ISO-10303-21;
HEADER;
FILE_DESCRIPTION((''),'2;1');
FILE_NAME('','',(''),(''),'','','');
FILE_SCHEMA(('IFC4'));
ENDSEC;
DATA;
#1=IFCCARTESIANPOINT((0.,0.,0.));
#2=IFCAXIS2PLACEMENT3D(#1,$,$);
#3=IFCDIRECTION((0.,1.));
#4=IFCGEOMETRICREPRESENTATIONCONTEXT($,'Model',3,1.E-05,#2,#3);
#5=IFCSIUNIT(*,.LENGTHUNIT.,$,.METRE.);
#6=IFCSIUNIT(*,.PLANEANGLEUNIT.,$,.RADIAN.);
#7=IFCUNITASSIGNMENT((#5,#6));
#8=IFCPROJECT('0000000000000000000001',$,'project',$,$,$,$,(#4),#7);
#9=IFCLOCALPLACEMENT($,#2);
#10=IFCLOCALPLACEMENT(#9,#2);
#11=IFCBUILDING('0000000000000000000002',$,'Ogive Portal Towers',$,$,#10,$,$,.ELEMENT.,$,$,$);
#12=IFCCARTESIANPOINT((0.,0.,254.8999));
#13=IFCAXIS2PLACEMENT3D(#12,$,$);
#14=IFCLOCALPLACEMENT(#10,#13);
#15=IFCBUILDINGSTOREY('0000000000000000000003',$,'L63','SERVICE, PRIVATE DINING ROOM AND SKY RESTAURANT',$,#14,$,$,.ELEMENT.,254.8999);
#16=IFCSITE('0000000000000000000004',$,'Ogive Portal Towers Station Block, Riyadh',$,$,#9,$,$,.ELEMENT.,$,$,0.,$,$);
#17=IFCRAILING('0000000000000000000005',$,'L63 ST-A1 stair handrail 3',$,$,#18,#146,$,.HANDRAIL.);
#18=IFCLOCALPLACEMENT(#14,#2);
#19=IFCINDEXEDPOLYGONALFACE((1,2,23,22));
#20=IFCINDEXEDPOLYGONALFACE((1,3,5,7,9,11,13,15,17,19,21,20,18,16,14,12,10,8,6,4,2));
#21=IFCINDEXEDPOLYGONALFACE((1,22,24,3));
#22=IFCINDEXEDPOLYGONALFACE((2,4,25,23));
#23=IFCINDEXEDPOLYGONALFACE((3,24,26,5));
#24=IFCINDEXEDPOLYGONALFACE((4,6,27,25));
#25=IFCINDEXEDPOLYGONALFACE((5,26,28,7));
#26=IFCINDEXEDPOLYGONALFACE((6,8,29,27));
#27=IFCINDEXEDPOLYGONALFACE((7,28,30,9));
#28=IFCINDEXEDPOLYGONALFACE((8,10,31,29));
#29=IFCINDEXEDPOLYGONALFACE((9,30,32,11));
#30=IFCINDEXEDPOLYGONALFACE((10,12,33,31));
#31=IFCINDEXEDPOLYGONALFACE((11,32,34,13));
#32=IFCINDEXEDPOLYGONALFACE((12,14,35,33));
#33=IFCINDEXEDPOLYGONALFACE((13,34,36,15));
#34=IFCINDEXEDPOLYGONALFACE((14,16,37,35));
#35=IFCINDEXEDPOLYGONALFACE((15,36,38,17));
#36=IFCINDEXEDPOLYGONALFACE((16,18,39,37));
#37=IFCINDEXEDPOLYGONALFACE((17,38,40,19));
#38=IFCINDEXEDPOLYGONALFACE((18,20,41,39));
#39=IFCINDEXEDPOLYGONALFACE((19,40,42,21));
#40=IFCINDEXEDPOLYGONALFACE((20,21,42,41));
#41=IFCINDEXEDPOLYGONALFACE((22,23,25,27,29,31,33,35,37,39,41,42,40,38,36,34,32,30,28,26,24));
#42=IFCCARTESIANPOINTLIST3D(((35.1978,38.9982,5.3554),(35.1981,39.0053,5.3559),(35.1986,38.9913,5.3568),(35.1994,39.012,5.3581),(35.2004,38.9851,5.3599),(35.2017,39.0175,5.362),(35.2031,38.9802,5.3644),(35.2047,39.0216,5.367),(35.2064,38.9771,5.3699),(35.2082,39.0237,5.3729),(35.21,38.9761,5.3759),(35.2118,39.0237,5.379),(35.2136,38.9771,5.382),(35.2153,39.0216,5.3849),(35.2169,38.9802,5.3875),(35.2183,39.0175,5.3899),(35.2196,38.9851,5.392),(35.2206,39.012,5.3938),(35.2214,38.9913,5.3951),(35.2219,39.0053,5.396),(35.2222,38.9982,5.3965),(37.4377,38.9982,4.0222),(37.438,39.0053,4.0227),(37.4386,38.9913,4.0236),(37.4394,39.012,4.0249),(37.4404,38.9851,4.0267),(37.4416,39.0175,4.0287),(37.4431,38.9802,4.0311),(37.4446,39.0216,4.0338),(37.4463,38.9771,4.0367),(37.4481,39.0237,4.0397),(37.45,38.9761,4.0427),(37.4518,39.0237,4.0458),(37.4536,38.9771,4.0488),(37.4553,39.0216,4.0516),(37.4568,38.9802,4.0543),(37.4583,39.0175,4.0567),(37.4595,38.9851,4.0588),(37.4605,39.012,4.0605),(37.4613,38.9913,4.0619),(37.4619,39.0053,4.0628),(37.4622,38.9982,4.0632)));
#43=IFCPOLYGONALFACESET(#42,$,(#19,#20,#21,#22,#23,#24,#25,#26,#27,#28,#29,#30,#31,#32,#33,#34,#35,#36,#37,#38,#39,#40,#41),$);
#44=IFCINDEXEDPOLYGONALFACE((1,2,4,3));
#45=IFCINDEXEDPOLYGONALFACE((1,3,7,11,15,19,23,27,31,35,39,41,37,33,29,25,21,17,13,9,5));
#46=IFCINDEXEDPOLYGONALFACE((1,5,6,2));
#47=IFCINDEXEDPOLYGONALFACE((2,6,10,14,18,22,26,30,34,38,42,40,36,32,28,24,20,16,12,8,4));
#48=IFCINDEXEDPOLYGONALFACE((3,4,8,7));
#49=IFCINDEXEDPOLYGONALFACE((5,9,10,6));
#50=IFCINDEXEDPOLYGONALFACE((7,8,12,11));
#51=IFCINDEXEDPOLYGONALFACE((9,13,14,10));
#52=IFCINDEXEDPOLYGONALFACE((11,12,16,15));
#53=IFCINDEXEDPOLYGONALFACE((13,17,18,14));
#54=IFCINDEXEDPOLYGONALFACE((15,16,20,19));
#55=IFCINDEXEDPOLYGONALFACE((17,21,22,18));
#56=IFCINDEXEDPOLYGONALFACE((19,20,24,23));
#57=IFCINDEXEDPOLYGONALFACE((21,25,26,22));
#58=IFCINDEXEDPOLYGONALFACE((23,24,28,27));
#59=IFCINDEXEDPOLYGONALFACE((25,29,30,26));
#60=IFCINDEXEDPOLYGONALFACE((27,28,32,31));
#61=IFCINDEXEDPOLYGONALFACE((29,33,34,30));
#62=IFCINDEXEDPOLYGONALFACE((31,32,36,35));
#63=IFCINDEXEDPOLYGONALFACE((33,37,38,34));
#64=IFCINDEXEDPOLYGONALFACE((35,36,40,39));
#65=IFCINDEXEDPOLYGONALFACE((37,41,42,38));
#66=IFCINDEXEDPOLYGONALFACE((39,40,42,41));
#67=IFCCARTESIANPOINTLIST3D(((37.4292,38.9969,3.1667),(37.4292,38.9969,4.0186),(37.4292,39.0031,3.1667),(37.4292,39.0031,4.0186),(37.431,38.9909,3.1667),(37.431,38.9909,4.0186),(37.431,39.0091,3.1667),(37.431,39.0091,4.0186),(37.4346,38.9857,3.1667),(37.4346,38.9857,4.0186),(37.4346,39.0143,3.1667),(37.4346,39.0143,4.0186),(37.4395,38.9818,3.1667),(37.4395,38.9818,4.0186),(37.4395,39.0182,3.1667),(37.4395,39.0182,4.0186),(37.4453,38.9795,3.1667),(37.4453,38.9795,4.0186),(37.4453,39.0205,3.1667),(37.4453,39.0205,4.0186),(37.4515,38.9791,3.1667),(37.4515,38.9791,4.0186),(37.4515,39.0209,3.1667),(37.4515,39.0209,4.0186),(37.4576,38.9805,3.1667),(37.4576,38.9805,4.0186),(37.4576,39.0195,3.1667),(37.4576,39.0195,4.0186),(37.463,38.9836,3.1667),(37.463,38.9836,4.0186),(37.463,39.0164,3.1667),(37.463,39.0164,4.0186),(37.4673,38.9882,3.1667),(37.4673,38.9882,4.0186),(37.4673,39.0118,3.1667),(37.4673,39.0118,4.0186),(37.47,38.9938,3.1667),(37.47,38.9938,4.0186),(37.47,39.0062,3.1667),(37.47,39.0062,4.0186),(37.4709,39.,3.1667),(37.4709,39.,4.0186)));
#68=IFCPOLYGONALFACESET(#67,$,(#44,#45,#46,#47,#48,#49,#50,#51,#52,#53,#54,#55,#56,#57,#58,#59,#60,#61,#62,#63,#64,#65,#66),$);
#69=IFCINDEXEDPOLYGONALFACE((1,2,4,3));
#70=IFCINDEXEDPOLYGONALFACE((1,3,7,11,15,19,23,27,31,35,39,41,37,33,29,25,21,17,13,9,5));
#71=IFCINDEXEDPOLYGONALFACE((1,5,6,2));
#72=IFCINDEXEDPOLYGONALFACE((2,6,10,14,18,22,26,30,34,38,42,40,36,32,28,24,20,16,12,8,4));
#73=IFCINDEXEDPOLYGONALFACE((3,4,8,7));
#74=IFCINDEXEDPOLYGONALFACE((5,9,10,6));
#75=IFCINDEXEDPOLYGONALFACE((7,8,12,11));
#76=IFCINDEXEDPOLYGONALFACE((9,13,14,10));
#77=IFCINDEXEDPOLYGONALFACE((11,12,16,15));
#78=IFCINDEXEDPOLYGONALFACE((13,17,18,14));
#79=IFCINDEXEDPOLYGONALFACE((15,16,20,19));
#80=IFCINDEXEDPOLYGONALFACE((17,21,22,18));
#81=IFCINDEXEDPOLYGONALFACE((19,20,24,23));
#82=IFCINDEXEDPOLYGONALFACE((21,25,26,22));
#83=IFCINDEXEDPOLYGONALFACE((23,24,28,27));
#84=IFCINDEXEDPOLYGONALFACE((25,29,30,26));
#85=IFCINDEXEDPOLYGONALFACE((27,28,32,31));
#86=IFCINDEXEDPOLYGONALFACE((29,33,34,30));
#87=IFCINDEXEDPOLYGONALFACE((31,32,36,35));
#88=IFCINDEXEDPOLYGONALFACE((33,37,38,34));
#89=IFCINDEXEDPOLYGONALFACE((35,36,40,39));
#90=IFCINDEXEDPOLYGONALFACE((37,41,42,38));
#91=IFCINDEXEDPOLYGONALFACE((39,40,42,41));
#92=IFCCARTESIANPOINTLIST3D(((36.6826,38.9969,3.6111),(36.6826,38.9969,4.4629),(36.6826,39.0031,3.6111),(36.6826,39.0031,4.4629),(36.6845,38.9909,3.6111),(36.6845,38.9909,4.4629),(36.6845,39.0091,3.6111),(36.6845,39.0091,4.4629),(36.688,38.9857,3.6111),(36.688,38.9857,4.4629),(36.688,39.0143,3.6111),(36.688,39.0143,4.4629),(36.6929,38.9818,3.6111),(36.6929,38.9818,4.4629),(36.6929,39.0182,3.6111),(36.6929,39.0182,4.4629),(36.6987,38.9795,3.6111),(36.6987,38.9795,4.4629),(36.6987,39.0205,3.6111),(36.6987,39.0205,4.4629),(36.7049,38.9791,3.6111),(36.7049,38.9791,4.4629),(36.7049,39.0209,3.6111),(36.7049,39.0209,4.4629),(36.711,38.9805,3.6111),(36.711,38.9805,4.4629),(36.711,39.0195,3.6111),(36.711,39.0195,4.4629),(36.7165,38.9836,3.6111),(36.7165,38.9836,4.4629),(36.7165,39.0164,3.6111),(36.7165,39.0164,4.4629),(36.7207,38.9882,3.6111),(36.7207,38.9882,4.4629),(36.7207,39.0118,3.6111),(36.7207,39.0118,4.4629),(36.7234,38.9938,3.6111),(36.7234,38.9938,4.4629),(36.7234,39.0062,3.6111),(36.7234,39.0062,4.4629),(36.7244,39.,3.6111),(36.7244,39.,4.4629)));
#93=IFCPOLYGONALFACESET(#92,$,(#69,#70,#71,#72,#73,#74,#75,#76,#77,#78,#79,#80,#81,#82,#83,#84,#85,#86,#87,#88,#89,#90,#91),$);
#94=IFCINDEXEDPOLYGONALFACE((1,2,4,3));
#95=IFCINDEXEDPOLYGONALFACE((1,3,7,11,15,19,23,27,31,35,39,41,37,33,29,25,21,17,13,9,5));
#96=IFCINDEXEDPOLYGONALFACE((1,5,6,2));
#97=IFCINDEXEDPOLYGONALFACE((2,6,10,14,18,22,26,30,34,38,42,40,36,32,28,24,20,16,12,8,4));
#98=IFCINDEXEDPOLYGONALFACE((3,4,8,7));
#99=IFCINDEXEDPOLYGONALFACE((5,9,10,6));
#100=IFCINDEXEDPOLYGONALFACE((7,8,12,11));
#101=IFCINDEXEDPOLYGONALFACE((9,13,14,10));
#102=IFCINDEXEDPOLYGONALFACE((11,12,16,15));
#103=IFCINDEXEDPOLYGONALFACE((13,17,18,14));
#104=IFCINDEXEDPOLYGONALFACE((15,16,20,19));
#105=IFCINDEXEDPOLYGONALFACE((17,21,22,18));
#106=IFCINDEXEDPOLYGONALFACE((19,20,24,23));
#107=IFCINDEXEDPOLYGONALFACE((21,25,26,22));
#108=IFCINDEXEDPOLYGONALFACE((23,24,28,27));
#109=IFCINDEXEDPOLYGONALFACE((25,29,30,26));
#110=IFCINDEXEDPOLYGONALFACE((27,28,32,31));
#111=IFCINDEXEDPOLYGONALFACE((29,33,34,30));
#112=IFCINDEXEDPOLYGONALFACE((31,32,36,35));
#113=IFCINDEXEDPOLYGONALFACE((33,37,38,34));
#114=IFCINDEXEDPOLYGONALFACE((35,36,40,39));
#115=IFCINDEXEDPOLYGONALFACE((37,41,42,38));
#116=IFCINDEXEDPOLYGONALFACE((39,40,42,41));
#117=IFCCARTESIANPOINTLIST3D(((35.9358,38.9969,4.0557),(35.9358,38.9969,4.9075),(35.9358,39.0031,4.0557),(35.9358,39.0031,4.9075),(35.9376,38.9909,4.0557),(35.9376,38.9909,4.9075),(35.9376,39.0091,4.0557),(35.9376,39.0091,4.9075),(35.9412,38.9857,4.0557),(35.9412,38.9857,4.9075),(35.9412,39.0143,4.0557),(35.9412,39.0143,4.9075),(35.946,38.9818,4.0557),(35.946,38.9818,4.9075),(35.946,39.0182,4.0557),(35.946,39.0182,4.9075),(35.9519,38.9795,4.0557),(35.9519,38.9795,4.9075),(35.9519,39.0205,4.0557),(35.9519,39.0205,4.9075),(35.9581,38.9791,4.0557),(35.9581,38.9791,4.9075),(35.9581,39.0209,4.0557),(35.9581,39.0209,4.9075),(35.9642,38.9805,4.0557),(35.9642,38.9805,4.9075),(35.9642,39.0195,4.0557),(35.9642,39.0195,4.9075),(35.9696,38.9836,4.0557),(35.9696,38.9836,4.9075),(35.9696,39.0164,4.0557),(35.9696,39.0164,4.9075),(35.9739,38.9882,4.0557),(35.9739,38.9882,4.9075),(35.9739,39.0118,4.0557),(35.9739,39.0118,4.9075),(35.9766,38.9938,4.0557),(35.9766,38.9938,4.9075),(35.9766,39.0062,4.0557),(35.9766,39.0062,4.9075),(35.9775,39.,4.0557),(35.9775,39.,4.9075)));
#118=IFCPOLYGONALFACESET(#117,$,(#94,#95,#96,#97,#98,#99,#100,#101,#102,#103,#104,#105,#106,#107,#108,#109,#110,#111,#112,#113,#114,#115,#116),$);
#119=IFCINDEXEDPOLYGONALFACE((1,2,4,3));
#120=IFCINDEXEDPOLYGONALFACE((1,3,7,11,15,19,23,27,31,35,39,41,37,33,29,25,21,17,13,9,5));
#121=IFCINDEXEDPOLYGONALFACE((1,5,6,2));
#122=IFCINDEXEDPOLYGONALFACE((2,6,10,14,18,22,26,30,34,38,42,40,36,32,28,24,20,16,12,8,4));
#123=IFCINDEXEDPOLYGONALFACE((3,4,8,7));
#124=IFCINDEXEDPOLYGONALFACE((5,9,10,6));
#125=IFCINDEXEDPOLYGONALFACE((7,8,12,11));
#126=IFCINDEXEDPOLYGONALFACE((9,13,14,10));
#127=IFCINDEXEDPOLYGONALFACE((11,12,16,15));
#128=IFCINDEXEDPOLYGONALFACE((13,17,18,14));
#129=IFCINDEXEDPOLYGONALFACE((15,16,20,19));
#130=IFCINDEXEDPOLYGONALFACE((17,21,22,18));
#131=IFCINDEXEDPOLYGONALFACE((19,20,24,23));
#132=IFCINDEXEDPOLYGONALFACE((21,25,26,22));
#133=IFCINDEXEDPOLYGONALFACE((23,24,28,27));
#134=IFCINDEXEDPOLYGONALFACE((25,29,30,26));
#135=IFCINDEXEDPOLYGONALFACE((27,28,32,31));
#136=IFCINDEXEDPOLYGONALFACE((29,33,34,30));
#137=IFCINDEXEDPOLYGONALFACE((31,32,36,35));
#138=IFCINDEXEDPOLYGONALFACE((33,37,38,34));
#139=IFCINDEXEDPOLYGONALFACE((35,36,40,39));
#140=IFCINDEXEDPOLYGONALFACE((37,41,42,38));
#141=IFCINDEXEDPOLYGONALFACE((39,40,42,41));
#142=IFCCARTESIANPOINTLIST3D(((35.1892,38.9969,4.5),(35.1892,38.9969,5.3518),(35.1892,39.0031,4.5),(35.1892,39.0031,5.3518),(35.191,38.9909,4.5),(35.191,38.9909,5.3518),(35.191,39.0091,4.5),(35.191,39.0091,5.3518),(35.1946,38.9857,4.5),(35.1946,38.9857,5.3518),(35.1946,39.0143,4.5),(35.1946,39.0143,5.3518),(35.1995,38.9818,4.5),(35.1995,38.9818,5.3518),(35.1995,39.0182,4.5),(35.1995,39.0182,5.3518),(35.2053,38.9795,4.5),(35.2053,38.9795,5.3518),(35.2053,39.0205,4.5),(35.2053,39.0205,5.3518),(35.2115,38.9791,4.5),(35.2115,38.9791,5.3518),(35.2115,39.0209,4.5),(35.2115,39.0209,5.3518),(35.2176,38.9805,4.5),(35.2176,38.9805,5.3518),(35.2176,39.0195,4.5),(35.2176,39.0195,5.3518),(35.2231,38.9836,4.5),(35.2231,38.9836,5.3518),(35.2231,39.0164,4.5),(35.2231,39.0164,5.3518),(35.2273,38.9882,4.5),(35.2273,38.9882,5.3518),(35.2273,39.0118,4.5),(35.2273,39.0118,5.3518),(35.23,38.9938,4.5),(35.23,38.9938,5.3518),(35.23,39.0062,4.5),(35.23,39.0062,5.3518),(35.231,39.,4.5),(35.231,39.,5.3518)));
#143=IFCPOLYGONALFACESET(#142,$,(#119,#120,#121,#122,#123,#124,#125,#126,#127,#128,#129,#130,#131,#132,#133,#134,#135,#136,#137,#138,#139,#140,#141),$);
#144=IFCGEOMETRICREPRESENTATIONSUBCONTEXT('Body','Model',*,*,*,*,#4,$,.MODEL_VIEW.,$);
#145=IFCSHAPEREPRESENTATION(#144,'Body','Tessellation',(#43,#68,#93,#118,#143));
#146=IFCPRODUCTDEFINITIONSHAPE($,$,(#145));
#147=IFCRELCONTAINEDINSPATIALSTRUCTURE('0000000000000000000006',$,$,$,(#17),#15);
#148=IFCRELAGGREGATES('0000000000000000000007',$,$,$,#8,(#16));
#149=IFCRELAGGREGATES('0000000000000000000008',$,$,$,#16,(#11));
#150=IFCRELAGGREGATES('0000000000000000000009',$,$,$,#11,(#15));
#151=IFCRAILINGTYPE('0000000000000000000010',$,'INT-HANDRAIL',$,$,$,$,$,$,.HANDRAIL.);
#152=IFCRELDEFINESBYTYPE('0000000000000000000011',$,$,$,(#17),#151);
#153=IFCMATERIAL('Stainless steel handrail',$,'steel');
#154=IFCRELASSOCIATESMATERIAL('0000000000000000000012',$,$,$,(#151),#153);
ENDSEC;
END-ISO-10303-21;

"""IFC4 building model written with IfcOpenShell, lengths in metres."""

from ifc_helpers import new_model, si_unit, direction, frame, origin, origin_2d, place, context, subcontext, project, spatial, circle, extrude, material, type_object, element, save


model = new_model("IFC4")

# Units and contexts
model_context = context("Model", 3, precision=1e-05, world=origin(), true_north=direction((0.0, 1.0)))
body_context = subcontext(model_context, "Body", "Model", "MODEL_VIEW")
ifc_project = project(units=[si_unit("LENGTHUNIT", "METRE"), si_unit("PLANEANGLEUNIT", "RADIAN")], contexts=[model_context])

# Site, building, storey
site_placement = place(None, origin())
site = spatial("IfcSite", under=ifc_project, at=site_placement, Name="Ogive Portal Towers Station Block, Riyadh", CompositionType="ELEMENT", RefElevation=0.0)
building_placement = place(site_placement, origin())
building = spatial("IfcBuilding", under=site, at=building_placement, Name="Ogive Portal Towers", CompositionType="ELEMENT")
storey_placement = place(building_placement, frame((0.0, 0.0, 254.8999)))
storey = spatial("IfcBuildingStorey", under=building, at=storey_placement, Name="L63", Description="SERVICE, PRIVATE DINING ROOM AND SKY RESTAURANT", CompositionType="ELEMENT", Elevation=254.8999)

# Railing
ifc_material_1 = material(Name="Stainless steel handrail", Category="steel")
railing_type_1 = type_object("IfcRailingType", Name="INT-HANDRAIL", PredefinedType="HANDRAIL", material=ifc_material_1)
railing_1_placement = place(storey_placement, frame((37.45, 39.0, 3.1667)))
element("IfcRailing", 1, at=railing_1_placement, inside=storey, type_object=railing_type_1, Name="L63 ST-A1 stair handrail 3", PredefinedType="HANDRAIL", context=body_context, shape_type="SweptSolid", body=[
    extrude(circle(Radius=0.0239, at=origin_2d()), frame((0.0, 0.0, 0.876), z_axis=(-0.859306, 0.0, 0.511462), x_axis=(0.0, -1.0, 0.0)), (0.0, 0.0, 1.0), 2.6067),
    extrude(circle(Radius=0.021, at=origin_2d()), origin(), (0.0, 0.0, 1.0), 0.8518),
    extrude(circle(Radius=0.021, at=origin_2d()), frame((-0.7466, 0.0, 0.4443)), (0.0, 0.0, 1.0), 0.8518),
    extrude(circle(Radius=0.021, at=origin_2d()), frame((-1.4934, 0.0, 0.8889)), (0.0, 0.0, 1.0), 0.8518),
    extrude(circle(Radius=0.021, at=origin_2d()), frame((-2.24, 0.0, 1.3333)), (0.0, 0.0, 1.0), 0.8518),
])

save(model, "model.ifc")
